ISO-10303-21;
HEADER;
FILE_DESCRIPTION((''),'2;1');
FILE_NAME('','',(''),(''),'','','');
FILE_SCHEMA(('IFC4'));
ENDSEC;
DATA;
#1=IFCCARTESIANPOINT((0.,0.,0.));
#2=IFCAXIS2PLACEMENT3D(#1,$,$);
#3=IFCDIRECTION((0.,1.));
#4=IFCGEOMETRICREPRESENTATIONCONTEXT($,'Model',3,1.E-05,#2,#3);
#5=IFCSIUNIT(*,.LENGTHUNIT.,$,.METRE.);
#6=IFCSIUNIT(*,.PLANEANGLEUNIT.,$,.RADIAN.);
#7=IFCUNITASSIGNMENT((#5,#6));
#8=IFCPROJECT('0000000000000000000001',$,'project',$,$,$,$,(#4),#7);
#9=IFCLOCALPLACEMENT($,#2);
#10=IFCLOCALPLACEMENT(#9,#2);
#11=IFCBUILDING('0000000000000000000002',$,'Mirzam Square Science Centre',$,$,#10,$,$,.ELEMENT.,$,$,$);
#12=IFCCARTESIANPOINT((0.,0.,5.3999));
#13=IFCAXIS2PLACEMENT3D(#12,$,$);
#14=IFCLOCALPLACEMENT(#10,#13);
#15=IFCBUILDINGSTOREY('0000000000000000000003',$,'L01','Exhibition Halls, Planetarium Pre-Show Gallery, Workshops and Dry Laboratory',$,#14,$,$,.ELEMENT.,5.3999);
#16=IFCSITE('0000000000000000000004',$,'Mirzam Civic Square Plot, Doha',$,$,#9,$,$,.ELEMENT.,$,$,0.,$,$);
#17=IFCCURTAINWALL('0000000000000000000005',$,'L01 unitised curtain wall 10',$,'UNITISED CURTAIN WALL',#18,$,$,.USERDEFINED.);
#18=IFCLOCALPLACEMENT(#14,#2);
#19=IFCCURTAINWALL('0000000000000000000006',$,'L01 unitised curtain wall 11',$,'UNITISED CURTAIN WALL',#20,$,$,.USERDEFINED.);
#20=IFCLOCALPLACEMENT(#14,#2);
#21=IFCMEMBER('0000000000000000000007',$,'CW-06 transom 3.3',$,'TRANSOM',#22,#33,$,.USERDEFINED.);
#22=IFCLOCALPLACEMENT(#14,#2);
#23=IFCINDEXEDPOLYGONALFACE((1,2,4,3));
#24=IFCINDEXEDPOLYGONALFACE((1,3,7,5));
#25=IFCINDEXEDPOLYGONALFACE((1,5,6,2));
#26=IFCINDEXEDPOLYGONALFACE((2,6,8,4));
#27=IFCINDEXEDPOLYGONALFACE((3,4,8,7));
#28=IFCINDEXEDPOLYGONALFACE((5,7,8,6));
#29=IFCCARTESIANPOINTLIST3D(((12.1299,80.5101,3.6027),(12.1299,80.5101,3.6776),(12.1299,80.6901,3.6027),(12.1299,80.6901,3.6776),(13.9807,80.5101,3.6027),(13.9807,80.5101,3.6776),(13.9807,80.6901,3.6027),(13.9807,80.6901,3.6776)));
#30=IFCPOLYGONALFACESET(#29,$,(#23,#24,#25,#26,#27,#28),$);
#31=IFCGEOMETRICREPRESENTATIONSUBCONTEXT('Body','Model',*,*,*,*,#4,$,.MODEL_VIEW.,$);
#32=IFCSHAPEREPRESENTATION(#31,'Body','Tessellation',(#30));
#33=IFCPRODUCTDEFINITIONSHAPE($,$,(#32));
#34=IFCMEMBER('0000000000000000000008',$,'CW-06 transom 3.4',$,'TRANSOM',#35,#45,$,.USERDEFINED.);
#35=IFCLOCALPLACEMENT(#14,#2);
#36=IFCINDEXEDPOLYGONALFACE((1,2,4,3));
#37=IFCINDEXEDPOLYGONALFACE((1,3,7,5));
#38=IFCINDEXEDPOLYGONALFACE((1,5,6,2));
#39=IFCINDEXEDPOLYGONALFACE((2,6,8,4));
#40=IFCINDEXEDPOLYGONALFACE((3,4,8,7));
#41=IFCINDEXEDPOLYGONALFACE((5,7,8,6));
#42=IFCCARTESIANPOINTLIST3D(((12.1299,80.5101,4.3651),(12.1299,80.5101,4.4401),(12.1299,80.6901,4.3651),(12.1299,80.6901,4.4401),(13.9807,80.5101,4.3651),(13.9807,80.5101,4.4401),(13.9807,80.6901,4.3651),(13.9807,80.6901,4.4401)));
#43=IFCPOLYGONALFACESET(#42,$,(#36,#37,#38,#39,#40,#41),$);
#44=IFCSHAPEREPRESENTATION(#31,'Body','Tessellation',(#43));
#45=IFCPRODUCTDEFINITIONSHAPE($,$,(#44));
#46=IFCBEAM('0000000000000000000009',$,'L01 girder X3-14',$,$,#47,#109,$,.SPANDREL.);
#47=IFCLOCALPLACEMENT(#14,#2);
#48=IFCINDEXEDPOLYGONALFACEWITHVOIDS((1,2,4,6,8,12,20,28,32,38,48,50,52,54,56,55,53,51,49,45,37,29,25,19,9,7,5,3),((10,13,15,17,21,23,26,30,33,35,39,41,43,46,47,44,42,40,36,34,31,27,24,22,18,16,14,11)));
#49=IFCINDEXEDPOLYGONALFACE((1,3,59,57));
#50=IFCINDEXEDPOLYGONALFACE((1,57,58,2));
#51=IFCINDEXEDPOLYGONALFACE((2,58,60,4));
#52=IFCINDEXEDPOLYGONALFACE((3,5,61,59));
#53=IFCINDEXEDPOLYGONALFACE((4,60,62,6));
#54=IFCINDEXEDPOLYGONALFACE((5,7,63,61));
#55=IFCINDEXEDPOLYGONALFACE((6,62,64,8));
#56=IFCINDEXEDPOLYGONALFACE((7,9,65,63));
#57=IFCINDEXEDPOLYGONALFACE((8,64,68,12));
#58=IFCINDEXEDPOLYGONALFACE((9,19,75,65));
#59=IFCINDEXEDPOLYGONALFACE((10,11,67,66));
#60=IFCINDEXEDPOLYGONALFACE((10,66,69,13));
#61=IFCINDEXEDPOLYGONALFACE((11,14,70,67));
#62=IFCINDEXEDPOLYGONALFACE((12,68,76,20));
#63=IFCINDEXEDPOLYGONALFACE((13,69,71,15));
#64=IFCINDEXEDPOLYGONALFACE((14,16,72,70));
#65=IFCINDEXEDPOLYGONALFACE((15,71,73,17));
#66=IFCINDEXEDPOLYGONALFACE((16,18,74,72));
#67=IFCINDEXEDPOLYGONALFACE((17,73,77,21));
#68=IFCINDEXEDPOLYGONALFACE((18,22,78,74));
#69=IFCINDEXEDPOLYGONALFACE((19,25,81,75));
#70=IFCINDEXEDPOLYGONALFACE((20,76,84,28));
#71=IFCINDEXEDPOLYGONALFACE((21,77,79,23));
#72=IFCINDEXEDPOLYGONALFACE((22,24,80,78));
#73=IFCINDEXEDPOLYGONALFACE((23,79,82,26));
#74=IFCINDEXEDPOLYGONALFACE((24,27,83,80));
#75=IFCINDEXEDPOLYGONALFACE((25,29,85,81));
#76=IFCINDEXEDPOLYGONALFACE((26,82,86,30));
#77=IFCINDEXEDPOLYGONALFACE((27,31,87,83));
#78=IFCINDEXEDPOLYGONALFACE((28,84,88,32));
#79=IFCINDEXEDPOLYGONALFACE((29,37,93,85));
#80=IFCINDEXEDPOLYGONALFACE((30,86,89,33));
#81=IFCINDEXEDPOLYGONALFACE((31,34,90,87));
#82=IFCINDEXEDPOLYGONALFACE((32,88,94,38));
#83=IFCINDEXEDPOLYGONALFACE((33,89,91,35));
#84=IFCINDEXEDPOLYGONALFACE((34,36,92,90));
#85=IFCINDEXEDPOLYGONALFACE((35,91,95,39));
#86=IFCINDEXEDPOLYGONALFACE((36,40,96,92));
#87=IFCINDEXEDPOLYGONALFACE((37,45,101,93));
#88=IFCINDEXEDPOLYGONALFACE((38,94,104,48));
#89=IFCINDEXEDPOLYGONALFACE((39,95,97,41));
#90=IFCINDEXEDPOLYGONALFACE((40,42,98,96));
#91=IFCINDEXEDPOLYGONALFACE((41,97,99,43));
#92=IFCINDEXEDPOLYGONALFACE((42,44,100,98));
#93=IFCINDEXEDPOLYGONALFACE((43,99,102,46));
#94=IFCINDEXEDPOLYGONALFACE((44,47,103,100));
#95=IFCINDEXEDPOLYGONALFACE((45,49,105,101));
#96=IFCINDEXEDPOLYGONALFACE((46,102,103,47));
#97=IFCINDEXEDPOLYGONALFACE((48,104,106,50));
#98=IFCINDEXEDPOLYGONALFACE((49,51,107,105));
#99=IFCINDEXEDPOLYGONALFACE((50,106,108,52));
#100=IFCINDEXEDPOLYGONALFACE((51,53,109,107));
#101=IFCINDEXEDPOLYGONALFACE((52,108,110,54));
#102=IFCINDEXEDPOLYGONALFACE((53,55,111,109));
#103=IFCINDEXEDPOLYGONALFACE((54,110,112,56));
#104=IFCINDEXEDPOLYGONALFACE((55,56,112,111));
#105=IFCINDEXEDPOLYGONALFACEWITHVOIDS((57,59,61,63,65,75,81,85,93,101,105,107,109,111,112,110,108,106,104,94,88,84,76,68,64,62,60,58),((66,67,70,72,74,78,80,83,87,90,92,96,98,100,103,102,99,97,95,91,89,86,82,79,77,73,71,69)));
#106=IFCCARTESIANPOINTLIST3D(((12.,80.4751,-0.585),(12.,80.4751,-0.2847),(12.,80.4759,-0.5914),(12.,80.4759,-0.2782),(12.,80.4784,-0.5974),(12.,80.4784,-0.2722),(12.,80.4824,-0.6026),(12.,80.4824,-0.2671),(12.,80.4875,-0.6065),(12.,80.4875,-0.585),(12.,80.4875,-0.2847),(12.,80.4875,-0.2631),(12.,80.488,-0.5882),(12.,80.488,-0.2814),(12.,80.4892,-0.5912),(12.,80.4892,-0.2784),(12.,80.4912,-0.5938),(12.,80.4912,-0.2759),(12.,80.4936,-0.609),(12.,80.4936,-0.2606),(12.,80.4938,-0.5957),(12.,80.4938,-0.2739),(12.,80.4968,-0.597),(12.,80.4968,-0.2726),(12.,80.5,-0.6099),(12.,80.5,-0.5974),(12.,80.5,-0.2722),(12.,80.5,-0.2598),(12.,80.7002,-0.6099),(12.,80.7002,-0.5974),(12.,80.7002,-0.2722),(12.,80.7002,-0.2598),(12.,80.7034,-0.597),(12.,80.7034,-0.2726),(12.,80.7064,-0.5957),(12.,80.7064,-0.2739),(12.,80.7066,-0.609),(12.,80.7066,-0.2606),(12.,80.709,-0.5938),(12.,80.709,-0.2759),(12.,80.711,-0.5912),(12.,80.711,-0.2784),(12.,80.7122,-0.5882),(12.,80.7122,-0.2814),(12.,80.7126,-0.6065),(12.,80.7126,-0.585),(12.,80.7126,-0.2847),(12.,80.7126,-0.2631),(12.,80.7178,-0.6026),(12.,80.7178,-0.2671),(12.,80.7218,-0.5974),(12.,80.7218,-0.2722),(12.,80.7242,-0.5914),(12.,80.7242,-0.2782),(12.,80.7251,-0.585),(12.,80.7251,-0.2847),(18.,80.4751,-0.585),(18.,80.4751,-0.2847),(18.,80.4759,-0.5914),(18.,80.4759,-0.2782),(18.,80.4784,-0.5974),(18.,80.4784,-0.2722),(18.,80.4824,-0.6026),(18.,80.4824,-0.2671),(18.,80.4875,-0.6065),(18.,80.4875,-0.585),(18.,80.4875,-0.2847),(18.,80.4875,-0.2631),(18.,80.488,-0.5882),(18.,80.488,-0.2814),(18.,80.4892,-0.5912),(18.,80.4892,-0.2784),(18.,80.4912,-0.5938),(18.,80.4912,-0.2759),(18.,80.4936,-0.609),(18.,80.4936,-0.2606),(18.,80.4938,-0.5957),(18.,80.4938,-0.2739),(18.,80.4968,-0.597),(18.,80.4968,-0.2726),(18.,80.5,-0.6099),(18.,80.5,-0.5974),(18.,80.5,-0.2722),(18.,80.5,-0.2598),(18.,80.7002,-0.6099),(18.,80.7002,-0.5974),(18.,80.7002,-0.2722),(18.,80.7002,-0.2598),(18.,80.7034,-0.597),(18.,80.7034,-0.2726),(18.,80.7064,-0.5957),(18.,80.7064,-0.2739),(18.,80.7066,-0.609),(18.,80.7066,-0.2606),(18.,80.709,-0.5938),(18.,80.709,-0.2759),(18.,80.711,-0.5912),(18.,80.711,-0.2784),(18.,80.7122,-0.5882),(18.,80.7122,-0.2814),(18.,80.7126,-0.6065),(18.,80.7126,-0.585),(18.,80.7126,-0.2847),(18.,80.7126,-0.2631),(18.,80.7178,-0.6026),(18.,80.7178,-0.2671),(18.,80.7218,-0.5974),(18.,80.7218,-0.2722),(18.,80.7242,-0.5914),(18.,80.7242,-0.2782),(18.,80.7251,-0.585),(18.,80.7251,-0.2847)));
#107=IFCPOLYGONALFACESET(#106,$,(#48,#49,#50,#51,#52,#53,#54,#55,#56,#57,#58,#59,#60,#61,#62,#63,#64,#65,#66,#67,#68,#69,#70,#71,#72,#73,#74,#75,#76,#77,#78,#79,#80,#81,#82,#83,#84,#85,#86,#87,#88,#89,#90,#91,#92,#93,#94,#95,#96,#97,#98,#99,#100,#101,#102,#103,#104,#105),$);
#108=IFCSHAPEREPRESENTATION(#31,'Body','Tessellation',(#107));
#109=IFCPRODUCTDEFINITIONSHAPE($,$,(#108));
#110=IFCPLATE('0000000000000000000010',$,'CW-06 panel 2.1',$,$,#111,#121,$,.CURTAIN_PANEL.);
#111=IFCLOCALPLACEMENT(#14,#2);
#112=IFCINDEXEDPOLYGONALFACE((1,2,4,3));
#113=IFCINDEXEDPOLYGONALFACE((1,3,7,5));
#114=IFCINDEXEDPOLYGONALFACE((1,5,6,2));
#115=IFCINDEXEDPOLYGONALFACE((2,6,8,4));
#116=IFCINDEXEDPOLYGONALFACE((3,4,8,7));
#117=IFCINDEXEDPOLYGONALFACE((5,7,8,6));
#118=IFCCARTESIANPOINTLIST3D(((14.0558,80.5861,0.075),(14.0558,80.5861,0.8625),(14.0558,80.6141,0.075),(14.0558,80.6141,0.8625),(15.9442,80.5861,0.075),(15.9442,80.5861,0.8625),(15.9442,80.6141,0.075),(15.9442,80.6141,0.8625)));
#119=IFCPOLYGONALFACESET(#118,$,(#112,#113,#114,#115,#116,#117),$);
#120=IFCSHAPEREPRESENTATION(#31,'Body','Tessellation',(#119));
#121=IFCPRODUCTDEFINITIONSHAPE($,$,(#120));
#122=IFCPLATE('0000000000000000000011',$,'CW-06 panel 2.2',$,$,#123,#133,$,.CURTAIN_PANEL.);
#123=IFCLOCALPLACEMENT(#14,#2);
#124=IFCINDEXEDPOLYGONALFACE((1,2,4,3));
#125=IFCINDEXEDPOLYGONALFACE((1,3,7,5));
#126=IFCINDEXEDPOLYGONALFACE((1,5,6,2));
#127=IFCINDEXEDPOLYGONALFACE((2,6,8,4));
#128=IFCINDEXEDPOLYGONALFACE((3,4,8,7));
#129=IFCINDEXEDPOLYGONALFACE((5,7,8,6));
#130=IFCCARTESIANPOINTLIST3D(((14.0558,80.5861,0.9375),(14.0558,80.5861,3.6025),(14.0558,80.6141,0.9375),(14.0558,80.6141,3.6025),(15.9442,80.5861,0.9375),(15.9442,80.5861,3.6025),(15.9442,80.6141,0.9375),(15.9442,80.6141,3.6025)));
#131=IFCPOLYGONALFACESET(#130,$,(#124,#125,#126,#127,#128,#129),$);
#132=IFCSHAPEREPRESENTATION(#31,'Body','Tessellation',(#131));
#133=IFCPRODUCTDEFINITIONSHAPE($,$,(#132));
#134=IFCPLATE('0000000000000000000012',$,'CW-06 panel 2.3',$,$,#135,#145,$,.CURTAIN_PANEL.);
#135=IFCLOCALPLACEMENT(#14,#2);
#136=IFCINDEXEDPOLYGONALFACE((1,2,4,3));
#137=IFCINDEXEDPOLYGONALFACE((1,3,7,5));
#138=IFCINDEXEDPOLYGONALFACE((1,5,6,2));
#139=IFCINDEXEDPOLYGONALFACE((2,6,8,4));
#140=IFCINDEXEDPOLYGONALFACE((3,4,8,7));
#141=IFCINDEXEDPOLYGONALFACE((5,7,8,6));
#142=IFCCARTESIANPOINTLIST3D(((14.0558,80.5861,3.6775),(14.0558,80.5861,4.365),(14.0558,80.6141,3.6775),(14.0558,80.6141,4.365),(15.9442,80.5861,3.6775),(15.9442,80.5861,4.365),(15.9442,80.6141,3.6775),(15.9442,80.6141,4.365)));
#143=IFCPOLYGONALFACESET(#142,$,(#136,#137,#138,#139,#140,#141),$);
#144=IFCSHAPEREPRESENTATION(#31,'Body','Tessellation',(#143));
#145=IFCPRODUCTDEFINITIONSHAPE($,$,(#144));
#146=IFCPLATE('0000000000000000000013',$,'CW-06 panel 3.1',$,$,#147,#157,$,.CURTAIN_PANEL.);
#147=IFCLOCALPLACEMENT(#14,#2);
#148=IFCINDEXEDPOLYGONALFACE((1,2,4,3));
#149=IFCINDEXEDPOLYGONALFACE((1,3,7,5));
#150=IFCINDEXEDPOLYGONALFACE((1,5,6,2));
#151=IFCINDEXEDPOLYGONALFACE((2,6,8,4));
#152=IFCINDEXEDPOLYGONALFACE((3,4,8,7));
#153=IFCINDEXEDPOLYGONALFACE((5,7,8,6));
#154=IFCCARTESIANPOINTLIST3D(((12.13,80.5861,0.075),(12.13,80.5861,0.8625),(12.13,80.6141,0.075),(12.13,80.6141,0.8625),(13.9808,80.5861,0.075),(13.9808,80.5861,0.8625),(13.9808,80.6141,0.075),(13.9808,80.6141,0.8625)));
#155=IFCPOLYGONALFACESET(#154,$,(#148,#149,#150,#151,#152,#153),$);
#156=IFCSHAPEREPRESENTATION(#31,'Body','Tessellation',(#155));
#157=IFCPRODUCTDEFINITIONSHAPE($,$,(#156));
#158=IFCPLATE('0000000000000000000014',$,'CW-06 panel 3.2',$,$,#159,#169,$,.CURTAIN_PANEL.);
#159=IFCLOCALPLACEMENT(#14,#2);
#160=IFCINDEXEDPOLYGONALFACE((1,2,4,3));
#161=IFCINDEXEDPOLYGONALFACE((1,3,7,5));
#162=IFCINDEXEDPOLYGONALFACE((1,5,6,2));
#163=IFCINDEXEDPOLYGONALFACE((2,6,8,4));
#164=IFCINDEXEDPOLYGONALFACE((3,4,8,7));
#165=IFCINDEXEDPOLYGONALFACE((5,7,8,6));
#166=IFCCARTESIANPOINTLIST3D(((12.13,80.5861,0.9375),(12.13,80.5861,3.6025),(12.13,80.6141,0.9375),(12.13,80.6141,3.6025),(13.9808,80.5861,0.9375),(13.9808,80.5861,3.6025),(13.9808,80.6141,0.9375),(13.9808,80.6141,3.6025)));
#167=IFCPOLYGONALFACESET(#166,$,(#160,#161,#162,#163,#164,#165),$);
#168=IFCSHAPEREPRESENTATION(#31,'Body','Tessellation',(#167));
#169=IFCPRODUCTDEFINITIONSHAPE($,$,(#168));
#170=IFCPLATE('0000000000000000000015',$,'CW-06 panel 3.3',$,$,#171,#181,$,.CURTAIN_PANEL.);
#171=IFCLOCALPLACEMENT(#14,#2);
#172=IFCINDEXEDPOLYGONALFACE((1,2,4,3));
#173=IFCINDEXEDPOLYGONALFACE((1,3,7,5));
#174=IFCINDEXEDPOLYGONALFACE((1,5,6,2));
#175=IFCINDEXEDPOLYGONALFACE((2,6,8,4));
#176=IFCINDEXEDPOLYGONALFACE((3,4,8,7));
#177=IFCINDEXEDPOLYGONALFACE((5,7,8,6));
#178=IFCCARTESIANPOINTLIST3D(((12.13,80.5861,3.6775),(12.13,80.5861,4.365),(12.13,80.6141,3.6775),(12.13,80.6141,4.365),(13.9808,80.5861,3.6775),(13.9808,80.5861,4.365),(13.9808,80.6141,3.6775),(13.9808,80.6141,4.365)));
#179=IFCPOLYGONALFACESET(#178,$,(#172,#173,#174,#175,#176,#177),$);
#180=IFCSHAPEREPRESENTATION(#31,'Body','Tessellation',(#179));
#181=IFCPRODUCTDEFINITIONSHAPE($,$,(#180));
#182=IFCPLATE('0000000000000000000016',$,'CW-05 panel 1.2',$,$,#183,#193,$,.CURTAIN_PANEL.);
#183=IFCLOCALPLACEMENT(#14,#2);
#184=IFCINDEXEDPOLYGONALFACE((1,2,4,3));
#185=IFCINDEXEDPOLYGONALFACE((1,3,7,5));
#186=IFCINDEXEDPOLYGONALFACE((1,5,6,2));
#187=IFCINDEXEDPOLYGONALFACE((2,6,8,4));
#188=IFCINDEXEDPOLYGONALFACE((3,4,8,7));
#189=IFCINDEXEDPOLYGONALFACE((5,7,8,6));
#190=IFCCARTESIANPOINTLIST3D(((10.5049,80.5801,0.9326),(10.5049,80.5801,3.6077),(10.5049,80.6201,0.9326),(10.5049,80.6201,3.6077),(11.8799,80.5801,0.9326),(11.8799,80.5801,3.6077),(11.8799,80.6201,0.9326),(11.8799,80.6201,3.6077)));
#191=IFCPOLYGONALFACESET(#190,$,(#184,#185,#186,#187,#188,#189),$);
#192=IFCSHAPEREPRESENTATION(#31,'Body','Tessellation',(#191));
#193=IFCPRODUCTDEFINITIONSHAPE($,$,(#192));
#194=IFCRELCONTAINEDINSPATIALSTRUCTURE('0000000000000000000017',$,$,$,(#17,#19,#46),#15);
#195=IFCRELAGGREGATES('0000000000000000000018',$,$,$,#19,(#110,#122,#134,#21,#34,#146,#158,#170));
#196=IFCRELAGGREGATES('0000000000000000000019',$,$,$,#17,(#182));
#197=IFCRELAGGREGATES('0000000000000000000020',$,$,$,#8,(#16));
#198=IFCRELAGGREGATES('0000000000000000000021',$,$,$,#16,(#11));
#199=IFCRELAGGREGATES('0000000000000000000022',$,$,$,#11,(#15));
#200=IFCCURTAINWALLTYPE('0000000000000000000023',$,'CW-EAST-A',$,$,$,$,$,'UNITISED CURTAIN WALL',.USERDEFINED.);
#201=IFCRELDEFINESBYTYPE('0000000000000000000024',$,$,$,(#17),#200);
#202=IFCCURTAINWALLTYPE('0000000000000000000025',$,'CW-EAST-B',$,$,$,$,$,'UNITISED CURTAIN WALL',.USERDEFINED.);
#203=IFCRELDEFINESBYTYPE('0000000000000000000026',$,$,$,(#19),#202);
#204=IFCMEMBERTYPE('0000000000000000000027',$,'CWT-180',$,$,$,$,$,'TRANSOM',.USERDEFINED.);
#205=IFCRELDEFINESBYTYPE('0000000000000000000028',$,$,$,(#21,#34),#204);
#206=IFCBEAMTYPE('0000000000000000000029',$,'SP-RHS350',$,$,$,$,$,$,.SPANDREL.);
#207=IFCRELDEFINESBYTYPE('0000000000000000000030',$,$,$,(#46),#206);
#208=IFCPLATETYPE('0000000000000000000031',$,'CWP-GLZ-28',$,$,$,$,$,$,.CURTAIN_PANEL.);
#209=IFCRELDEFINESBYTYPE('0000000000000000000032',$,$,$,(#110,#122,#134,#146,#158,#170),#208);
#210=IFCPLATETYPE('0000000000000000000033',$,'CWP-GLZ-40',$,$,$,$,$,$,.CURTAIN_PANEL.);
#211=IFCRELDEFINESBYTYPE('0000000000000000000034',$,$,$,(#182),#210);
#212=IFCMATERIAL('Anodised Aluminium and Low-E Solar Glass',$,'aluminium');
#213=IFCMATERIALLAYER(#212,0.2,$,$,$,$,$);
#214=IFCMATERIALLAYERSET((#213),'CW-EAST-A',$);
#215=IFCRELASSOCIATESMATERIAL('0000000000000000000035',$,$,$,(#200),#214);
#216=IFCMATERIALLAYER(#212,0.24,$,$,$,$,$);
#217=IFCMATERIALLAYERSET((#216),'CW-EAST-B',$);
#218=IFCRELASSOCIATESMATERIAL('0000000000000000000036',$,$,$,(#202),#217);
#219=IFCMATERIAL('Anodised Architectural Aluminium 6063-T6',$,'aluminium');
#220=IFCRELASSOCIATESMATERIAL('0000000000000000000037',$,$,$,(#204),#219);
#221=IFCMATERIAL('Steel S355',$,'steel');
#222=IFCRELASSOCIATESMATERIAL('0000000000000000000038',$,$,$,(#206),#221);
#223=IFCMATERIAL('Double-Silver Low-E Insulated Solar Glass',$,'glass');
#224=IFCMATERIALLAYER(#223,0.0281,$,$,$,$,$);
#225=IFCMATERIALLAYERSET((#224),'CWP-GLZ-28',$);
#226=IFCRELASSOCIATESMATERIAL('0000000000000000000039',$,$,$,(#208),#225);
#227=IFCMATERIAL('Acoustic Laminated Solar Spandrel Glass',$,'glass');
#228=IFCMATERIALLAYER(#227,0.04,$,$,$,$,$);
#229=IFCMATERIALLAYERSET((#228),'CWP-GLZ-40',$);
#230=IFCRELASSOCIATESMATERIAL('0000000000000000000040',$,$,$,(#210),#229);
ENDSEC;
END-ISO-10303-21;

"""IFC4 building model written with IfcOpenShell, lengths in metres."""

from ifc_helpers import new_model, si_unit, direction, frame, origin, origin_2d, place, context, subcontext, project, spatial, rectangle, hollow_rectangle, extrude, material, layer, layer_set, material_profile, profile_set, type_object, element, aggregate, save


model = new_model("IFC4")

# Units and contexts
model_context = context("Model", 3, precision=1e-05, world=origin(), true_north=direction((0.0, 1.0)))
body_context = subcontext(model_context, "Body", "Model", "MODEL_VIEW")
ifc_project = project(units=[si_unit("LENGTHUNIT", "METRE"), si_unit("PLANEANGLEUNIT", "RADIAN")], contexts=[model_context])

# Site, building, storey
site_placement = place(None, origin())
site = spatial("IfcSite", under=ifc_project, at=site_placement, Name="Mirzam Civic Square Plot, Doha", CompositionType="ELEMENT", RefElevation=0.0)
building_placement = place(site_placement, origin())
building = spatial("IfcBuilding", under=site, at=building_placement, Name="Mirzam Square Science Centre", CompositionType="ELEMENT")
storey_placement = place(building_placement, frame((0.0, 0.0, 5.3999)))
storey = spatial("IfcBuildingStorey", under=building, at=storey_placement, Name="L01", Description="Exhibition Halls, Planetarium Pre-Show Gallery, Workshops and Dry Laboratory", CompositionType="ELEMENT", Elevation=5.3999)

# Shared definitions
ifc_material_1 = material(Name="Steel S355", Category="steel")

# Curtain wall
ifc_material_2 = material(Name="Anodised Aluminium and Low-E Solar Glass", Category="aluminium")
ifc_layer_1 = layer(ifc_material_2, 0.2)
ifc_layer_set_1 = layer_set([ifc_layer_1], Name="CW-EAST-A")
curtain_wall_type_1 = type_object("IfcCurtainWallType", Name="CW-EAST-A", ElementType="UNITISED CURTAIN WALL", PredefinedType="USERDEFINED", material=ifc_layer_set_1)
curtain_wall_1_placement = place(storey_placement, origin())
curtain_wall_1 = element("IfcCurtainWall", 1, at=curtain_wall_1_placement, inside=storey, type_object=curtain_wall_type_1, Name="L01 unitised curtain wall 10", ObjectType="UNITISED CURTAIN WALL", PredefinedType="USERDEFINED")
ifc_material_3 = material(Name="Anodised Architectural Aluminium 6063-T6", Category="aluminium")

# Curtain wall
ifc_layer_2 = layer(ifc_material_2, 0.24)
ifc_layer_set_2 = layer_set([ifc_layer_2], Name="CW-EAST-B")
curtain_wall_type_2 = type_object("IfcCurtainWallType", Name="CW-EAST-B", ElementType="UNITISED CURTAIN WALL", PredefinedType="USERDEFINED", material=ifc_layer_set_2)
curtain_wall_2_placement = place(storey_placement, origin())
curtain_wall_2 = element("IfcCurtainWall", 2, at=curtain_wall_2_placement, inside=storey, type_object=curtain_wall_type_2, Name="L01 unitised curtain wall 11", ObjectType="UNITISED CURTAIN WALL", PredefinedType="USERDEFINED")

# Members
ifc_material_profile_1 = material_profile(ifc_material_3, rectangle(XDim=0.1799, YDim=0.075, at=origin_2d()), Name="ALU-TRAN-180x75x5")
ifc_profile_set_1 = profile_set([ifc_material_profile_1], Name="Anodised Architectural Aluminium 6063-T6")
member_type_1 = type_object("IfcMemberType", Name="CWT-180", ElementType="TRANSOM", PredefinedType="USERDEFINED", material=ifc_profile_set_1)
member_1_placement = place(storey_placement, frame((13.9807, 80.6001, 3.6401), z_axis=(-1.0, 0.0, 0.0), x_axis=(0.0, -1.0, 0.0)))
member_1 = element("IfcMember", 3, at=member_1_placement, type_object=member_type_1, Name="CW-06 transom 3.3", ObjectType="TRANSOM", PredefinedType="USERDEFINED", context=body_context, shape_type="SweptSolid", body=[
    extrude(rectangle(XDim=0.1799, YDim=0.075, at=origin_2d()), origin(), (0.0, 0.0, 1.0), 1.8508),
])
member_2_placement = place(storey_placement, frame((13.9807, 80.6001, 4.4026), z_axis=(-1.0, 0.0, 0.0), x_axis=(0.0, -1.0, 0.0)))
member_2 = element("IfcMember", 4, at=member_2_placement, type_object=member_type_1, Name="CW-06 transom 3.4", ObjectType="TRANSOM", PredefinedType="USERDEFINED", context=body_context, shape_type="SweptSolid", body=[
    extrude(rectangle(XDim=0.1799, YDim=0.075, at=origin_2d()), origin(), (0.0, 0.0, 1.0), 1.8508),
])

# Beam
ifc_material_profile_2 = material_profile(ifc_material_1, hollow_rectangle(XDim=0.25, YDim=0.3501, WallThickness=0.0125, InnerFilletRadius=0.0125, OuterFilletRadius=0.0249, at=origin_2d()), Name="350x250x12.5RHS")
ifc_profile_set_2 = profile_set([ifc_material_profile_2], Name="Steel S355")
beam_type = type_object("IfcBeamType", Name="SP-RHS350", PredefinedType="SPANDREL", material=ifc_profile_set_2)
beam_placement = place(storey_placement, frame((12.0, 80.6001, -0.4348), z_axis=(1.0, 0.0, 0.0), x_axis=(0.0, 1.0, 0.0)))
element("IfcBeam", 5, at=beam_placement, inside=storey, type_object=beam_type, Name="L01 girder X3-14", PredefinedType="SPANDREL", context=body_context, shape_type="SweptSolid", body=[
    extrude(hollow_rectangle(XDim=0.25, YDim=0.3501, WallThickness=0.0125, InnerFilletRadius=0.0125, OuterFilletRadius=0.0249, at=origin_2d()), origin(), (0.0, 0.0, 1.0), 6.0),
])

# Plates
ifc_material_4 = material(Name="Double-Silver Low-E Insulated Solar Glass", Category="glass")
ifc_layer_3 = layer(ifc_material_4, 0.0281)
ifc_layer_set_3 = layer_set([ifc_layer_3], Name="CWP-GLZ-28")
plate_type_1 = type_object("IfcPlateType", Name="CWP-GLZ-28", PredefinedType="CURTAIN_PANEL", material=ifc_layer_set_3)
plate_1_placement = place(storey_placement, frame((15.0, 80.6001, 0.075), z_axis=(0.0, 0.0, 1.0), x_axis=(-1.0, 0.0, 0.0)))
plate_1 = element("IfcPlate", 6, at=plate_1_placement, type_object=plate_type_1, Name="CW-06 panel 2.1", PredefinedType="CURTAIN_PANEL", context=body_context, shape_type="SweptSolid", body=[
    extrude(rectangle(XDim=1.8884, YDim=0.0281, at=origin_2d()), origin(), (0.0, 0.0, 1.0), 0.7876),
])
plate_2_placement = place(storey_placement, frame((15.0, 80.6001, 0.9375), z_axis=(0.0, 0.0, 1.0), x_axis=(-1.0, 0.0, 0.0)))
plate_2 = element("IfcPlate", 7, at=plate_2_placement, type_object=plate_type_1, Name="CW-06 panel 2.2", PredefinedType="CURTAIN_PANEL", context=body_context, shape_type="SweptSolid", body=[
    extrude(rectangle(XDim=1.8884, YDim=0.0281, at=origin_2d()), origin(), (0.0, 0.0, 1.0), 2.665),
])
plate_3_placement = place(storey_placement, frame((15.0, 80.6001, 3.6775), z_axis=(0.0, 0.0, 1.0), x_axis=(-1.0, 0.0, 0.0)))
plate_3 = element("IfcPlate", 8, at=plate_3_placement, type_object=plate_type_1, Name="CW-06 panel 2.3", PredefinedType="CURTAIN_PANEL", context=body_context, shape_type="SweptSolid", body=[
    extrude(rectangle(XDim=1.8884, YDim=0.0281, at=origin_2d()), origin(), (0.0, 0.0, 1.0), 0.6875),
])
plate_4_placement = place(storey_placement, frame((13.0554, 80.6001, 0.075), z_axis=(0.0, 0.0, 1.0), x_axis=(-1.0, 0.0, 0.0)))
plate_4 = element("IfcPlate", 9, at=plate_4_placement, type_object=plate_type_1, Name="CW-06 panel 3.1", PredefinedType="CURTAIN_PANEL", context=body_context, shape_type="SweptSolid", body=[
    extrude(rectangle(XDim=1.8508, YDim=0.0281, at=origin_2d()), origin(), (0.0, 0.0, 1.0), 0.7876),
])
plate_5_placement = place(storey_placement, frame((13.0554, 80.6001, 0.9375), z_axis=(0.0, 0.0, 1.0), x_axis=(-1.0, 0.0, 0.0)))
plate_5 = element("IfcPlate", 10, at=plate_5_placement, type_object=plate_type_1, Name="CW-06 panel 3.2", PredefinedType="CURTAIN_PANEL", context=body_context, shape_type="SweptSolid", body=[
    extrude(rectangle(XDim=1.8508, YDim=0.0281, at=origin_2d()), origin(), (0.0, 0.0, 1.0), 2.665),
])
plate_6_placement = place(storey_placement, frame((13.0554, 80.6001, 3.6775), z_axis=(0.0, 0.0, 1.0), x_axis=(-1.0, 0.0, 0.0)))
plate_6 = element("IfcPlate", 11, at=plate_6_placement, type_object=plate_type_1, Name="CW-06 panel 3.3", PredefinedType="CURTAIN_PANEL", context=body_context, shape_type="SweptSolid", body=[
    extrude(rectangle(XDim=1.8508, YDim=0.0281, at=origin_2d()), origin(), (0.0, 0.0, 1.0), 0.6875),
])
aggregate(curtain_wall_2, [plate_1, plate_2, plate_3, member_1, member_2, plate_4, plate_5, plate_6])
ifc_material_5 = material(Name="Acoustic Laminated Solar Spandrel Glass", Category="glass")
ifc_layer_4 = layer(ifc_material_5, 0.04)
ifc_layer_set_4 = layer_set([ifc_layer_4], Name="CWP-GLZ-40")
plate_type_2 = type_object("IfcPlateType", Name="CWP-GLZ-40", PredefinedType="CURTAIN_PANEL", material=ifc_layer_set_4)
plate_7_placement = place(storey_placement, frame((11.1924, 80.6001, 0.9326), z_axis=(0.0, 0.0, 1.0), x_axis=(-1.0, 0.0, 0.0)))
plate_7 = element("IfcPlate", 12, at=plate_7_placement, type_object=plate_type_2, Name="CW-05 panel 1.2", PredefinedType="CURTAIN_PANEL", context=body_context, shape_type="SweptSolid", body=[
    extrude(rectangle(XDim=1.375, YDim=0.04, at=origin_2d()), origin(), (0.0, 0.0, 1.0), 2.675),
])
aggregate(curtain_wall_1, [plate_7])

save(model, "model.ifc")
